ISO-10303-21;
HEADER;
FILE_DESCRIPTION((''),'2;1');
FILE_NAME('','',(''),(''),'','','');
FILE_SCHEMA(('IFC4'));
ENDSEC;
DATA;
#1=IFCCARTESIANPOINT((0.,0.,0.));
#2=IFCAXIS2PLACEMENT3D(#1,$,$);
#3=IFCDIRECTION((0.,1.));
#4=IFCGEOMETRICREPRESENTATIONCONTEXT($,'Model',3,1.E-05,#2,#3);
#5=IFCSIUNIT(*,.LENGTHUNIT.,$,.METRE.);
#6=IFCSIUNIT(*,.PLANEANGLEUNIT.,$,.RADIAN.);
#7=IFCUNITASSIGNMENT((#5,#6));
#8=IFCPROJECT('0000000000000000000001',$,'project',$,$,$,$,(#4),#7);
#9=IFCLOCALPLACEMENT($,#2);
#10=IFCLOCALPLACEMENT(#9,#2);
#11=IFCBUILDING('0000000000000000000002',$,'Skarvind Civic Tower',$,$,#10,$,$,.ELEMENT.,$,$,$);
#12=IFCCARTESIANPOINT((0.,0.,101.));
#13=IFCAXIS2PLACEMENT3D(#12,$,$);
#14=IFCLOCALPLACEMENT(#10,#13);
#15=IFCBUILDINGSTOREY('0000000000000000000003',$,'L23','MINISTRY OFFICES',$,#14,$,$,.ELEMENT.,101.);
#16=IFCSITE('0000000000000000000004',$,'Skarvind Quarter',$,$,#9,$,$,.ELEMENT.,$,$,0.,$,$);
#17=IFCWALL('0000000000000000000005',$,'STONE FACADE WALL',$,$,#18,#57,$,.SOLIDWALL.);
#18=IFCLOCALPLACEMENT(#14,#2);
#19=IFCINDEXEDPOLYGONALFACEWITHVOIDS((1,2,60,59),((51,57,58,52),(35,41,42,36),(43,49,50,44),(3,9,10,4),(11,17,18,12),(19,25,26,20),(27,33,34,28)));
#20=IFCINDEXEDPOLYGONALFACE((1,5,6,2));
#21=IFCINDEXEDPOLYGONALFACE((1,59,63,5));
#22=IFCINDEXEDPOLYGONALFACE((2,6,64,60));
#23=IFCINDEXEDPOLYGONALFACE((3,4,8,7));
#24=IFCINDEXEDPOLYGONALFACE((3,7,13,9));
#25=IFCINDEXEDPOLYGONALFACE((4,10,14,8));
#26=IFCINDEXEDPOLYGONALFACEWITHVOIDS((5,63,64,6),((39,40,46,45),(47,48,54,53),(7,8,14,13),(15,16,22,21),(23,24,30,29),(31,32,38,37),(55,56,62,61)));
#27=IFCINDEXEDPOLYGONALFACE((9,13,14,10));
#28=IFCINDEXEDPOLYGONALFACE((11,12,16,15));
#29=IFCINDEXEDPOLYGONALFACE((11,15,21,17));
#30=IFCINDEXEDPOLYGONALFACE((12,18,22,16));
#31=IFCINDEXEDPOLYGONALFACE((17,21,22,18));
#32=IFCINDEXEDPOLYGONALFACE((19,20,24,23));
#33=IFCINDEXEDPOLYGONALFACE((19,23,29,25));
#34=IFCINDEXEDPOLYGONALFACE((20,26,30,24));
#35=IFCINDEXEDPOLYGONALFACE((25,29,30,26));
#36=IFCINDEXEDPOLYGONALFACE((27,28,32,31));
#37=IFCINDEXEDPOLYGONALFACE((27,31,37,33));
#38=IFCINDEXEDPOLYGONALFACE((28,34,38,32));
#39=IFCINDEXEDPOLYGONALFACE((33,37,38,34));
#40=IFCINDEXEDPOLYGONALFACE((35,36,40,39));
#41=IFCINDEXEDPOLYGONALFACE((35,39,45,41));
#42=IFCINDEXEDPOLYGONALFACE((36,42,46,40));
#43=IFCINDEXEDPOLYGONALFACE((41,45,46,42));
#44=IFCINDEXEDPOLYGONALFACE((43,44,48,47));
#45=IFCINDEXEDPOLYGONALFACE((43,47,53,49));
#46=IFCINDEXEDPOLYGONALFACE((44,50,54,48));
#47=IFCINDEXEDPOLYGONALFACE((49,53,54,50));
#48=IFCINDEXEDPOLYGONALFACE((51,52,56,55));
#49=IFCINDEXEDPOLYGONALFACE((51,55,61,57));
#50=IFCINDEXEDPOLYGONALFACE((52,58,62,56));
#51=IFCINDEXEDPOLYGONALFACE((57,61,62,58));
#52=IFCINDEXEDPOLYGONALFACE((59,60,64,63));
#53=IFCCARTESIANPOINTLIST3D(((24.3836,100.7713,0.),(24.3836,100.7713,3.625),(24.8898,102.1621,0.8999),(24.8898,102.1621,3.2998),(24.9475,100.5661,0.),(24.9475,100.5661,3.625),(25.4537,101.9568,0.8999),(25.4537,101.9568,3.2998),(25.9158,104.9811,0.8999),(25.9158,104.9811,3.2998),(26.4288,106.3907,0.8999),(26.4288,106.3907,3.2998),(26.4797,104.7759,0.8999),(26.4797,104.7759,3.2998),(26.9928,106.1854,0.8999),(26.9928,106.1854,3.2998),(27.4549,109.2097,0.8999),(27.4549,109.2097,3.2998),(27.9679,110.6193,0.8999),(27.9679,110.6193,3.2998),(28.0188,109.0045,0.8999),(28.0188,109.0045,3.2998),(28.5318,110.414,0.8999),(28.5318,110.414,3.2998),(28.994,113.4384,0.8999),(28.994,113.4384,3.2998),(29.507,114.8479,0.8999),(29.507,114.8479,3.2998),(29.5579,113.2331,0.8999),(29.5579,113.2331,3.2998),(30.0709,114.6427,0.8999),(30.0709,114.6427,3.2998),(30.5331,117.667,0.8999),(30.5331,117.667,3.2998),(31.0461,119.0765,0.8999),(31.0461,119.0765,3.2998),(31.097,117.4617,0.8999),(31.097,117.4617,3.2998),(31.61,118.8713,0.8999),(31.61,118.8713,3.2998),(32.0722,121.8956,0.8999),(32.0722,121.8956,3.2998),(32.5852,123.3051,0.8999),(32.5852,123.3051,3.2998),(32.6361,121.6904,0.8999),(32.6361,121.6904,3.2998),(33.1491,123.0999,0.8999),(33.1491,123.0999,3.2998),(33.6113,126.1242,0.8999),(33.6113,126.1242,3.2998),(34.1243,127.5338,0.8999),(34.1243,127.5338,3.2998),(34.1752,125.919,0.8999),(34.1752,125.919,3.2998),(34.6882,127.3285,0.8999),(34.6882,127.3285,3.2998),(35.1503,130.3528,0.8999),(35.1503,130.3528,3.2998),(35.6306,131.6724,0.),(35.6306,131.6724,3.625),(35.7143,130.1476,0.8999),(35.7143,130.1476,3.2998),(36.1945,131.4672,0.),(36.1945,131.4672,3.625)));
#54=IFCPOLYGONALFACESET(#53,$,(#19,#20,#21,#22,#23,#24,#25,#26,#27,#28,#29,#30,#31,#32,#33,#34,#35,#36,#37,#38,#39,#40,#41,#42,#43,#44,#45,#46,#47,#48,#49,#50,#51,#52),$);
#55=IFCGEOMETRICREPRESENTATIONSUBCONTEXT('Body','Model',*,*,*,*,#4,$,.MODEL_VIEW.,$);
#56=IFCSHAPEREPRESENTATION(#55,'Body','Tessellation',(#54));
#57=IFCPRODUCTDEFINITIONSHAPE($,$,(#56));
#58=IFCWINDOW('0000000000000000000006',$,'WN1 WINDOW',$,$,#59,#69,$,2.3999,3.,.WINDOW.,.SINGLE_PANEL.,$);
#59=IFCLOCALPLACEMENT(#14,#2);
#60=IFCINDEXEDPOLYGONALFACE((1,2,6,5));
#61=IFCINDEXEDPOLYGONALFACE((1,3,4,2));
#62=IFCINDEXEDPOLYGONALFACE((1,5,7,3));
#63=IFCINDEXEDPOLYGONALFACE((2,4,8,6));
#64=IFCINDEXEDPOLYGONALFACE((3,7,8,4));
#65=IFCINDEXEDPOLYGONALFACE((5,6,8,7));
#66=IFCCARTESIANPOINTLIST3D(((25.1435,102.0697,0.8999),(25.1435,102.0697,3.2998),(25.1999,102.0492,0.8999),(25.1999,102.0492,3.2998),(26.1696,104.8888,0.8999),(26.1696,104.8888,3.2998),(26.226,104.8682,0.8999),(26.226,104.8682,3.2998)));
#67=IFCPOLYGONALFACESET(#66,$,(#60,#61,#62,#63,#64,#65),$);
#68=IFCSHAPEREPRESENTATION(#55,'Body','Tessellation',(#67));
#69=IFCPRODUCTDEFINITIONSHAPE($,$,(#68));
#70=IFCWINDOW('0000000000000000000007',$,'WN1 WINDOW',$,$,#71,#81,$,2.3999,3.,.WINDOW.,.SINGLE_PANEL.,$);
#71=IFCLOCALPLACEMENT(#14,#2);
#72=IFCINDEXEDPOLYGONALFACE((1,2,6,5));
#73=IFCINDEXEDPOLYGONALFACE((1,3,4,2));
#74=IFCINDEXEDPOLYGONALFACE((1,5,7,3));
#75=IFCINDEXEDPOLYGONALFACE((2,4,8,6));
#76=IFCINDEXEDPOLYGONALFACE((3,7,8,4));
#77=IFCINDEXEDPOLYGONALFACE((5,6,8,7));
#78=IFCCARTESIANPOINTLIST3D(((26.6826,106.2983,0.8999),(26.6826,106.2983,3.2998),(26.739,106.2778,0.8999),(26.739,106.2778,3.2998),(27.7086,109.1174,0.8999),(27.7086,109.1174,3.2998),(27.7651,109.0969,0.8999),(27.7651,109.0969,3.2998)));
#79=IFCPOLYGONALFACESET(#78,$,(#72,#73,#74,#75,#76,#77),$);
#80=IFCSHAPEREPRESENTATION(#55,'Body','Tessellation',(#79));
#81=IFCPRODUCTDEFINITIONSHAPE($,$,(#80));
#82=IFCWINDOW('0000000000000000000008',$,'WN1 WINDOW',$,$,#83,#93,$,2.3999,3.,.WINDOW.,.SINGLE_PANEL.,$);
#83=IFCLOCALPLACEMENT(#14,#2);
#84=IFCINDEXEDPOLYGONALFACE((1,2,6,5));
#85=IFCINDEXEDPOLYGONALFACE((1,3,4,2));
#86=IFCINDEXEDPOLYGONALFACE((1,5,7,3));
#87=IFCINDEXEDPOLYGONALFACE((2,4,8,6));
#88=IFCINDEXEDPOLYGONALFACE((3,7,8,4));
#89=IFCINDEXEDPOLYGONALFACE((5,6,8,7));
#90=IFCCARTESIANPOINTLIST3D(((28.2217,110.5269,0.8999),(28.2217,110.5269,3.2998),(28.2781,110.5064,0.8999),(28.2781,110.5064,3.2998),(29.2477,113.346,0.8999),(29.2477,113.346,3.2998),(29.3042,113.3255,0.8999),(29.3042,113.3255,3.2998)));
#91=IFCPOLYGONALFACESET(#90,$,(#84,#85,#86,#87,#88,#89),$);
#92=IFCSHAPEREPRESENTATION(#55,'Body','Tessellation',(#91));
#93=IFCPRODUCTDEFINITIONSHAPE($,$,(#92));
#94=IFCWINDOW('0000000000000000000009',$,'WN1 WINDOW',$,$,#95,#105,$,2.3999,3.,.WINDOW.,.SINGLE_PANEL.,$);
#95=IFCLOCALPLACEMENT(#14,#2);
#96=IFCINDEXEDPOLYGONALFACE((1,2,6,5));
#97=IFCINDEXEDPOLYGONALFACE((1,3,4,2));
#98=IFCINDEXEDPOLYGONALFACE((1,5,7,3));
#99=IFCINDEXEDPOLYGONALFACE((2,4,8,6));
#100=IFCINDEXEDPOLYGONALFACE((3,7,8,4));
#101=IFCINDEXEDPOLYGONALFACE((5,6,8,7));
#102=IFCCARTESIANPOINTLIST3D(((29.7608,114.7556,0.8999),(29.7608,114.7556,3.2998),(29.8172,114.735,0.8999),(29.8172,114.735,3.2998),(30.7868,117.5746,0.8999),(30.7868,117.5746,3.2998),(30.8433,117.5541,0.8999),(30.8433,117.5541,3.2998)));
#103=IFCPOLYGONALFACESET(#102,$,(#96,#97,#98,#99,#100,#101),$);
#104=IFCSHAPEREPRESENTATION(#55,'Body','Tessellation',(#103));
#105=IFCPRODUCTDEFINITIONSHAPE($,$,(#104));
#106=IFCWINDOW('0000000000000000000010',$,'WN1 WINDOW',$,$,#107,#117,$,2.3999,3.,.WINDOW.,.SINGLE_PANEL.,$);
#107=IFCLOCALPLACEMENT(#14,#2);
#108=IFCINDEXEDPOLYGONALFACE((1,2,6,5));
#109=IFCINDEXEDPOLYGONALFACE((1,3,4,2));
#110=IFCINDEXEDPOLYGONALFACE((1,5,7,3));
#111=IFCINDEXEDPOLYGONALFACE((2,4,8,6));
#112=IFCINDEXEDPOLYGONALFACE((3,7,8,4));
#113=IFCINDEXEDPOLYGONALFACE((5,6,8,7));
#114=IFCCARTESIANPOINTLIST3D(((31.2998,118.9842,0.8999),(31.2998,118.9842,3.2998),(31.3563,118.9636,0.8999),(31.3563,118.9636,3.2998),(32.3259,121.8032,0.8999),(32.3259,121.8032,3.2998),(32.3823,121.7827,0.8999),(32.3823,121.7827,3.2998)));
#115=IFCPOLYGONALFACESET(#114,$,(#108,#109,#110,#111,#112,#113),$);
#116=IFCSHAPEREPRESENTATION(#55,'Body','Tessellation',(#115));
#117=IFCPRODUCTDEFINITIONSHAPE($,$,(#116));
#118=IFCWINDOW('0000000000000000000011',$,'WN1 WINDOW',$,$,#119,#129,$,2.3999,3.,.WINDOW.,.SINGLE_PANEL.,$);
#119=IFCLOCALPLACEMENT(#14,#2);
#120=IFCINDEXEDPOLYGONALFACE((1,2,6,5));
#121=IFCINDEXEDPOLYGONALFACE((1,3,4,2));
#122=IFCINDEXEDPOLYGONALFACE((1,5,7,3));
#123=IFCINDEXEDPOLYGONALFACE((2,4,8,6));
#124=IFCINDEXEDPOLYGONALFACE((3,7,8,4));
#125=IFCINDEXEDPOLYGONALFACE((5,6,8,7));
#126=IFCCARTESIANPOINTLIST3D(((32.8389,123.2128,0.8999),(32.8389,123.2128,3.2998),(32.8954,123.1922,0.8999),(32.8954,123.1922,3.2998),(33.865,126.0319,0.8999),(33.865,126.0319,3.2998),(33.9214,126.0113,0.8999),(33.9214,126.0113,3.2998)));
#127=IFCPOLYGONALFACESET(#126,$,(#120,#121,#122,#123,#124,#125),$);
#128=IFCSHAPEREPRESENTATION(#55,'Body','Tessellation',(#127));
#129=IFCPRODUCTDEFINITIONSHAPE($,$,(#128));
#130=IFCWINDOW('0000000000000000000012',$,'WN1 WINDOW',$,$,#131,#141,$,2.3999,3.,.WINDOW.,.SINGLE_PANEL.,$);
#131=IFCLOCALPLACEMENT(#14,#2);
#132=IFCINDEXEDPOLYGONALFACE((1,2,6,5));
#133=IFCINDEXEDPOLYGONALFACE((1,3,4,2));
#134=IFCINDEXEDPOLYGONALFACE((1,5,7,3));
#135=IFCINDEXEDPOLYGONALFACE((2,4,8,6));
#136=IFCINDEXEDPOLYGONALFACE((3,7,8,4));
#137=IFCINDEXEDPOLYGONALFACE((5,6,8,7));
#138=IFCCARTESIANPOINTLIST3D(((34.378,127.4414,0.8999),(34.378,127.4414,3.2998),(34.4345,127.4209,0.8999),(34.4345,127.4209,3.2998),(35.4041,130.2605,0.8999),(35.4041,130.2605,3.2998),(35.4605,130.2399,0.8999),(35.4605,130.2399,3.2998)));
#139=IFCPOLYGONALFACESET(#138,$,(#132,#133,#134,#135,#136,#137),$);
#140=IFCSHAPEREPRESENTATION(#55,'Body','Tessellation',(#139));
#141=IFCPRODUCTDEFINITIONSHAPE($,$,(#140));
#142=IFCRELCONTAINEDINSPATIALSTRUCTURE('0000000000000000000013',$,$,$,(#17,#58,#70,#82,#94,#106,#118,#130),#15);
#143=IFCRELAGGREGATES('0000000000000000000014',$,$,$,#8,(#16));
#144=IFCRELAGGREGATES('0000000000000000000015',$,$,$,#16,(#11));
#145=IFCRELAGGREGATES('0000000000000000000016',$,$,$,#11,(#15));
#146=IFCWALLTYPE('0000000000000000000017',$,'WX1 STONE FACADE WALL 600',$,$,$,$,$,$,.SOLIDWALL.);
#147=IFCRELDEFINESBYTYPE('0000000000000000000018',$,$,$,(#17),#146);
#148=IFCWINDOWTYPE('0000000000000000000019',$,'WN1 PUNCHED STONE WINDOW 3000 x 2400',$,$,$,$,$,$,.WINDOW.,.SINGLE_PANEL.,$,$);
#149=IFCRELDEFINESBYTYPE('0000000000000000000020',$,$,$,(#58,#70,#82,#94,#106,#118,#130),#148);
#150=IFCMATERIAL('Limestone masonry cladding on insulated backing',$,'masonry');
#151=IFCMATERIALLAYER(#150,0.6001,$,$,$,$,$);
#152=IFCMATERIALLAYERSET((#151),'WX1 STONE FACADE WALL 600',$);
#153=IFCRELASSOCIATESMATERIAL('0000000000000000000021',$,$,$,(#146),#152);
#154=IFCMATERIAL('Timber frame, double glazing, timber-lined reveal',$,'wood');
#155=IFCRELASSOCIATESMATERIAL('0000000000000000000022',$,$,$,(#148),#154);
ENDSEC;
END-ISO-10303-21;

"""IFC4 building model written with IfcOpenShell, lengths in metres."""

from ifc_helpers import new_model, si_unit, direction, frame, frame_2d, origin, place, context, subcontext, project, spatial, rectangle, extrude, material, layer, layer_set, type_object, element, fill, save


model = new_model("IFC4")

# Units and contexts
model_context = context("Model", 3, precision=1e-05, world=origin(), true_north=direction((0.0, 1.0)))
body_context = subcontext(model_context, "Body", "Model", "MODEL_VIEW")
ifc_project = project(units=[si_unit("LENGTHUNIT", "METRE"), si_unit("PLANEANGLEUNIT", "RADIAN")], contexts=[model_context])

# Site, building, storey
site_placement = place(None, origin())
site = spatial("IfcSite", under=ifc_project, at=site_placement, Name="Skarvind Quarter", CompositionType="ELEMENT", RefElevation=0.0)
building_placement = place(site_placement, origin())
building = spatial("IfcBuilding", under=site, at=building_placement, Name="Skarvind Civic Tower", CompositionType="ELEMENT")
storey_placement = place(building_placement, frame((0.0, 0.0, 101.0)))
storey = spatial("IfcBuildingStorey", under=building, at=storey_placement, Name="L23", Description="MINISTRY OFFICES", CompositionType="ELEMENT", Elevation=101.0)

# Wall, openings, windows
ifc_material_1 = material(Name="Limestone masonry cladding on insulated backing", Category="masonry")
ifc_layer_1 = layer(ifc_material_1, 0.6001)
ifc_layer_set_1 = layer_set([ifc_layer_1], Name="WX1 STONE FACADE WALL 600")
wall_type_1 = type_object("IfcWallType", Name="WX1 STONE FACADE WALL 600", PredefinedType="SOLIDWALL", material=ifc_layer_set_1)
wall_1_placement = place(storey_placement, frame((24.6655, 100.6687, 0.0), z_axis=(0.0, 0.0, 1.0), x_axis=(0.34202, 0.939693, 0.0)))
wall_1 = element("IfcWall", 1, at=wall_1_placement, inside=storey, type_object=wall_type_1, Name="STONE FACADE WALL", PredefinedType="SOLIDWALL", context=body_context, shape_type="SweptSolid", body=[
    extrude(rectangle(XDim=32.8843, YDim=0.6001, at=frame_2d((16.4421, 0.0))), origin(), (0.0, 0.0, 1.0), 3.625),
])
opening_1_placement = place(wall_1_placement, frame((1.48, 0.0, 0.8999)))
opening_1 = element("IfcOpeningElement", 2, at=opening_1_placement, cuts=wall_1, PredefinedType="OPENING", context=body_context, shape_type="SweptSolid", body=[
    extrude(rectangle(XDim=3.0, YDim=2.3999, at=frame_2d((1.5, 1.2))), frame((0.0, 0.3101, 0.0), z_axis=(0.0, -1.0, 0.0), x_axis=(1.0, 0.0, 0.0)), (0.0, 0.0, 1.0), 0.6201),
])
opening_2_placement = place(wall_1_placement, frame((5.98, 0.0, 0.8999)))
opening_2 = element("IfcOpeningElement", 3, at=opening_2_placement, cuts=wall_1, PredefinedType="OPENING", context=body_context, shape_type="SweptSolid", body=[
    extrude(rectangle(XDim=3.0, YDim=2.3999, at=frame_2d((1.5, 1.2))), frame((0.0, 0.3101, 0.0), z_axis=(0.0, -1.0, 0.0), x_axis=(1.0, 0.0, 0.0)), (0.0, 0.0, 1.0), 0.6201),
])
opening_3_placement = place(wall_1_placement, frame((10.48, 0.0, 0.8999)))
opening_3 = element("IfcOpeningElement", 4, at=opening_3_placement, cuts=wall_1, PredefinedType="OPENING", context=body_context, shape_type="SweptSolid", body=[
    extrude(rectangle(XDim=3.0, YDim=2.3999, at=frame_2d((1.5, 1.2))), frame((0.0, 0.3101, 0.0), z_axis=(0.0, -1.0, 0.0), x_axis=(1.0, 0.0, 0.0)), (0.0, 0.0, 1.0), 0.6201),
])
opening_4_placement = place(wall_1_placement, frame((14.98, 0.0, 0.8999)))
opening_4 = element("IfcOpeningElement", 5, at=opening_4_placement, cuts=wall_1, PredefinedType="OPENING", context=body_context, shape_type="SweptSolid", body=[
    extrude(rectangle(XDim=3.0, YDim=2.3999, at=frame_2d((1.5, 1.2))), frame((0.0, 0.3101, 0.0), z_axis=(0.0, -1.0, 0.0), x_axis=(1.0, 0.0, 0.0)), (0.0, 0.0, 1.0), 0.6201),
])
opening_5_placement = place(wall_1_placement, frame((19.48, 0.0, 0.8999)))
opening_5 = element("IfcOpeningElement", 6, at=opening_5_placement, cuts=wall_1, PredefinedType="OPENING", context=body_context, shape_type="SweptSolid", body=[
    extrude(rectangle(XDim=3.0, YDim=2.3999, at=frame_2d((1.5, 1.2))), frame((0.0, 0.3101, 0.0), z_axis=(0.0, -1.0, 0.0), x_axis=(1.0, 0.0, 0.0)), (0.0, 0.0, 1.0), 0.6201),
])
opening_6_placement = place(wall_1_placement, frame((23.98, 0.0, 0.8999)))
opening_6 = element("IfcOpeningElement", 7, at=opening_6_placement, cuts=wall_1, PredefinedType="OPENING", context=body_context, shape_type="SweptSolid", body=[
    extrude(rectangle(XDim=3.0, YDim=2.3999, at=frame_2d((1.5, 1.2))), frame((0.0, 0.3101, 0.0), z_axis=(0.0, -1.0, 0.0), x_axis=(1.0, 0.0, 0.0)), (0.0, 0.0, 1.0), 0.6201),
])
opening_7_placement = place(wall_1_placement, frame((28.48, 0.0, 0.8999)))
opening_7 = element("IfcOpeningElement", 8, at=opening_7_placement, cuts=wall_1, PredefinedType="OPENING", context=body_context, shape_type="SweptSolid", body=[
    extrude(rectangle(XDim=3.0, YDim=2.3999, at=frame_2d((1.5, 1.2))), frame((0.0, 0.3101, 0.0), z_axis=(0.0, -1.0, 0.0), x_axis=(1.0, 0.0, 0.0)), (0.0, 0.0, 1.0), 0.6201),
])
ifc_material_2 = material(Name="Timber frame, double glazing, timber-lined reveal", Category="wood")
window_type = type_object("IfcWindowType", Name="WN1 PUNCHED STONE WINDOW 3000 x 2400", PartitioningType="SINGLE_PANEL", PredefinedType="WINDOW", material=ifc_material_2)
window_1_placement = place(opening_1_placement, origin())
window_1 = element("IfcWindow", 9, at=window_1_placement, inside=storey, type_object=window_type, Name="WN1 WINDOW", OverallHeight=2.3999, OverallWidth=3.0, PartitioningType="SINGLE_PANEL", PredefinedType="WINDOW", context=body_context, shape_type="SweptSolid", body=[
    extrude(rectangle(XDim=3.0, YDim=2.3999, at=frame_2d((1.5, 1.2))), frame((0.0, 0.03, 0.0), z_axis=(0.0, -1.0, 0.0), x_axis=(1.0, 0.0, 0.0)), (0.0, 0.0, 1.0), 0.0601),
])
fill(opening_1, window_1)
window_2_placement = place(opening_2_placement, origin())
window_2 = element("IfcWindow", 10, at=window_2_placement, inside=storey, type_object=window_type, Name="WN1 WINDOW", OverallHeight=2.3999, OverallWidth=3.0, PartitioningType="SINGLE_PANEL", PredefinedType="WINDOW", context=body_context, shape_type="SweptSolid", body=[
    extrude(rectangle(XDim=3.0, YDim=2.3999, at=frame_2d((1.5, 1.2))), frame((0.0, 0.03, 0.0), z_axis=(0.0, -1.0, 0.0), x_axis=(1.0, 0.0, 0.0)), (0.0, 0.0, 1.0), 0.0601),
])
fill(opening_2, window_2)
window_3_placement = place(opening_3_placement, origin())
window_3 = element("IfcWindow", 11, at=window_3_placement, inside=storey, type_object=window_type, Name="WN1 WINDOW", OverallHeight=2.3999, OverallWidth=3.0, PartitioningType="SINGLE_PANEL", PredefinedType="WINDOW", context=body_context, shape_type="SweptSolid", body=[
    extrude(rectangle(XDim=3.0, YDim=2.3999, at=frame_2d((1.5, 1.2))), frame((0.0, 0.03, 0.0), z_axis=(0.0, -1.0, 0.0), x_axis=(1.0, 0.0, 0.0)), (0.0, 0.0, 1.0), 0.0601),
])
fill(opening_3, window_3)
window_4_placement = place(opening_4_placement, origin())
window_4 = element("IfcWindow", 12, at=window_4_placement, inside=storey, type_object=window_type, Name="WN1 WINDOW", OverallHeight=2.3999, OverallWidth=3.0, PartitioningType="SINGLE_PANEL", PredefinedType="WINDOW", context=body_context, shape_type="SweptSolid", body=[
    extrude(rectangle(XDim=3.0, YDim=2.3999, at=frame_2d((1.5, 1.2))), frame((0.0, 0.03, 0.0), z_axis=(0.0, -1.0, 0.0), x_axis=(1.0, 0.0, 0.0)), (0.0, 0.0, 1.0), 0.0601),
])
fill(opening_4, window_4)
window_5_placement = place(opening_5_placement, origin())
window_5 = element("IfcWindow", 13, at=window_5_placement, inside=storey, type_object=window_type, Name="WN1 WINDOW", OverallHeight=2.3999, OverallWidth=3.0, PartitioningType="SINGLE_PANEL", PredefinedType="WINDOW", context=body_context, shape_type="SweptSolid", body=[
    extrude(rectangle(XDim=3.0, YDim=2.3999, at=frame_2d((1.5, 1.2))), frame((0.0, 0.03, 0.0), z_axis=(0.0, -1.0, 0.0), x_axis=(1.0, 0.0, 0.0)), (0.0, 0.0, 1.0), 0.0601),
])
fill(opening_5, window_5)
window_6_placement = place(opening_6_placement, origin())
window_6 = element("IfcWindow", 14, at=window_6_placement, inside=storey, type_object=window_type, Name="WN1 WINDOW", OverallHeight=2.3999, OverallWidth=3.0, PartitioningType="SINGLE_PANEL", PredefinedType="WINDOW", context=body_context, shape_type="SweptSolid", body=[
    extrude(rectangle(XDim=3.0, YDim=2.3999, at=frame_2d((1.5, 1.2))), frame((0.0, 0.03, 0.0), z_axis=(0.0, -1.0, 0.0), x_axis=(1.0, 0.0, 0.0)), (0.0, 0.0, 1.0), 0.0601),
])
fill(opening_6, window_6)
window_7_placement = place(opening_7_placement, origin())
window_7 = element("IfcWindow", 15, at=window_7_placement, inside=storey, type_object=window_type, Name="WN1 WINDOW", OverallHeight=2.3999, OverallWidth=3.0, PartitioningType="SINGLE_PANEL", PredefinedType="WINDOW", context=body_context, shape_type="SweptSolid", body=[
    extrude(rectangle(XDim=3.0, YDim=2.3999, at=frame_2d((1.5, 1.2))), frame((0.0, 0.03, 0.0), z_axis=(0.0, -1.0, 0.0), x_axis=(1.0, 0.0, 0.0)), (0.0, 0.0, 1.0), 0.0601),
])
fill(opening_7, window_7)

save(model, "model.ifc")
